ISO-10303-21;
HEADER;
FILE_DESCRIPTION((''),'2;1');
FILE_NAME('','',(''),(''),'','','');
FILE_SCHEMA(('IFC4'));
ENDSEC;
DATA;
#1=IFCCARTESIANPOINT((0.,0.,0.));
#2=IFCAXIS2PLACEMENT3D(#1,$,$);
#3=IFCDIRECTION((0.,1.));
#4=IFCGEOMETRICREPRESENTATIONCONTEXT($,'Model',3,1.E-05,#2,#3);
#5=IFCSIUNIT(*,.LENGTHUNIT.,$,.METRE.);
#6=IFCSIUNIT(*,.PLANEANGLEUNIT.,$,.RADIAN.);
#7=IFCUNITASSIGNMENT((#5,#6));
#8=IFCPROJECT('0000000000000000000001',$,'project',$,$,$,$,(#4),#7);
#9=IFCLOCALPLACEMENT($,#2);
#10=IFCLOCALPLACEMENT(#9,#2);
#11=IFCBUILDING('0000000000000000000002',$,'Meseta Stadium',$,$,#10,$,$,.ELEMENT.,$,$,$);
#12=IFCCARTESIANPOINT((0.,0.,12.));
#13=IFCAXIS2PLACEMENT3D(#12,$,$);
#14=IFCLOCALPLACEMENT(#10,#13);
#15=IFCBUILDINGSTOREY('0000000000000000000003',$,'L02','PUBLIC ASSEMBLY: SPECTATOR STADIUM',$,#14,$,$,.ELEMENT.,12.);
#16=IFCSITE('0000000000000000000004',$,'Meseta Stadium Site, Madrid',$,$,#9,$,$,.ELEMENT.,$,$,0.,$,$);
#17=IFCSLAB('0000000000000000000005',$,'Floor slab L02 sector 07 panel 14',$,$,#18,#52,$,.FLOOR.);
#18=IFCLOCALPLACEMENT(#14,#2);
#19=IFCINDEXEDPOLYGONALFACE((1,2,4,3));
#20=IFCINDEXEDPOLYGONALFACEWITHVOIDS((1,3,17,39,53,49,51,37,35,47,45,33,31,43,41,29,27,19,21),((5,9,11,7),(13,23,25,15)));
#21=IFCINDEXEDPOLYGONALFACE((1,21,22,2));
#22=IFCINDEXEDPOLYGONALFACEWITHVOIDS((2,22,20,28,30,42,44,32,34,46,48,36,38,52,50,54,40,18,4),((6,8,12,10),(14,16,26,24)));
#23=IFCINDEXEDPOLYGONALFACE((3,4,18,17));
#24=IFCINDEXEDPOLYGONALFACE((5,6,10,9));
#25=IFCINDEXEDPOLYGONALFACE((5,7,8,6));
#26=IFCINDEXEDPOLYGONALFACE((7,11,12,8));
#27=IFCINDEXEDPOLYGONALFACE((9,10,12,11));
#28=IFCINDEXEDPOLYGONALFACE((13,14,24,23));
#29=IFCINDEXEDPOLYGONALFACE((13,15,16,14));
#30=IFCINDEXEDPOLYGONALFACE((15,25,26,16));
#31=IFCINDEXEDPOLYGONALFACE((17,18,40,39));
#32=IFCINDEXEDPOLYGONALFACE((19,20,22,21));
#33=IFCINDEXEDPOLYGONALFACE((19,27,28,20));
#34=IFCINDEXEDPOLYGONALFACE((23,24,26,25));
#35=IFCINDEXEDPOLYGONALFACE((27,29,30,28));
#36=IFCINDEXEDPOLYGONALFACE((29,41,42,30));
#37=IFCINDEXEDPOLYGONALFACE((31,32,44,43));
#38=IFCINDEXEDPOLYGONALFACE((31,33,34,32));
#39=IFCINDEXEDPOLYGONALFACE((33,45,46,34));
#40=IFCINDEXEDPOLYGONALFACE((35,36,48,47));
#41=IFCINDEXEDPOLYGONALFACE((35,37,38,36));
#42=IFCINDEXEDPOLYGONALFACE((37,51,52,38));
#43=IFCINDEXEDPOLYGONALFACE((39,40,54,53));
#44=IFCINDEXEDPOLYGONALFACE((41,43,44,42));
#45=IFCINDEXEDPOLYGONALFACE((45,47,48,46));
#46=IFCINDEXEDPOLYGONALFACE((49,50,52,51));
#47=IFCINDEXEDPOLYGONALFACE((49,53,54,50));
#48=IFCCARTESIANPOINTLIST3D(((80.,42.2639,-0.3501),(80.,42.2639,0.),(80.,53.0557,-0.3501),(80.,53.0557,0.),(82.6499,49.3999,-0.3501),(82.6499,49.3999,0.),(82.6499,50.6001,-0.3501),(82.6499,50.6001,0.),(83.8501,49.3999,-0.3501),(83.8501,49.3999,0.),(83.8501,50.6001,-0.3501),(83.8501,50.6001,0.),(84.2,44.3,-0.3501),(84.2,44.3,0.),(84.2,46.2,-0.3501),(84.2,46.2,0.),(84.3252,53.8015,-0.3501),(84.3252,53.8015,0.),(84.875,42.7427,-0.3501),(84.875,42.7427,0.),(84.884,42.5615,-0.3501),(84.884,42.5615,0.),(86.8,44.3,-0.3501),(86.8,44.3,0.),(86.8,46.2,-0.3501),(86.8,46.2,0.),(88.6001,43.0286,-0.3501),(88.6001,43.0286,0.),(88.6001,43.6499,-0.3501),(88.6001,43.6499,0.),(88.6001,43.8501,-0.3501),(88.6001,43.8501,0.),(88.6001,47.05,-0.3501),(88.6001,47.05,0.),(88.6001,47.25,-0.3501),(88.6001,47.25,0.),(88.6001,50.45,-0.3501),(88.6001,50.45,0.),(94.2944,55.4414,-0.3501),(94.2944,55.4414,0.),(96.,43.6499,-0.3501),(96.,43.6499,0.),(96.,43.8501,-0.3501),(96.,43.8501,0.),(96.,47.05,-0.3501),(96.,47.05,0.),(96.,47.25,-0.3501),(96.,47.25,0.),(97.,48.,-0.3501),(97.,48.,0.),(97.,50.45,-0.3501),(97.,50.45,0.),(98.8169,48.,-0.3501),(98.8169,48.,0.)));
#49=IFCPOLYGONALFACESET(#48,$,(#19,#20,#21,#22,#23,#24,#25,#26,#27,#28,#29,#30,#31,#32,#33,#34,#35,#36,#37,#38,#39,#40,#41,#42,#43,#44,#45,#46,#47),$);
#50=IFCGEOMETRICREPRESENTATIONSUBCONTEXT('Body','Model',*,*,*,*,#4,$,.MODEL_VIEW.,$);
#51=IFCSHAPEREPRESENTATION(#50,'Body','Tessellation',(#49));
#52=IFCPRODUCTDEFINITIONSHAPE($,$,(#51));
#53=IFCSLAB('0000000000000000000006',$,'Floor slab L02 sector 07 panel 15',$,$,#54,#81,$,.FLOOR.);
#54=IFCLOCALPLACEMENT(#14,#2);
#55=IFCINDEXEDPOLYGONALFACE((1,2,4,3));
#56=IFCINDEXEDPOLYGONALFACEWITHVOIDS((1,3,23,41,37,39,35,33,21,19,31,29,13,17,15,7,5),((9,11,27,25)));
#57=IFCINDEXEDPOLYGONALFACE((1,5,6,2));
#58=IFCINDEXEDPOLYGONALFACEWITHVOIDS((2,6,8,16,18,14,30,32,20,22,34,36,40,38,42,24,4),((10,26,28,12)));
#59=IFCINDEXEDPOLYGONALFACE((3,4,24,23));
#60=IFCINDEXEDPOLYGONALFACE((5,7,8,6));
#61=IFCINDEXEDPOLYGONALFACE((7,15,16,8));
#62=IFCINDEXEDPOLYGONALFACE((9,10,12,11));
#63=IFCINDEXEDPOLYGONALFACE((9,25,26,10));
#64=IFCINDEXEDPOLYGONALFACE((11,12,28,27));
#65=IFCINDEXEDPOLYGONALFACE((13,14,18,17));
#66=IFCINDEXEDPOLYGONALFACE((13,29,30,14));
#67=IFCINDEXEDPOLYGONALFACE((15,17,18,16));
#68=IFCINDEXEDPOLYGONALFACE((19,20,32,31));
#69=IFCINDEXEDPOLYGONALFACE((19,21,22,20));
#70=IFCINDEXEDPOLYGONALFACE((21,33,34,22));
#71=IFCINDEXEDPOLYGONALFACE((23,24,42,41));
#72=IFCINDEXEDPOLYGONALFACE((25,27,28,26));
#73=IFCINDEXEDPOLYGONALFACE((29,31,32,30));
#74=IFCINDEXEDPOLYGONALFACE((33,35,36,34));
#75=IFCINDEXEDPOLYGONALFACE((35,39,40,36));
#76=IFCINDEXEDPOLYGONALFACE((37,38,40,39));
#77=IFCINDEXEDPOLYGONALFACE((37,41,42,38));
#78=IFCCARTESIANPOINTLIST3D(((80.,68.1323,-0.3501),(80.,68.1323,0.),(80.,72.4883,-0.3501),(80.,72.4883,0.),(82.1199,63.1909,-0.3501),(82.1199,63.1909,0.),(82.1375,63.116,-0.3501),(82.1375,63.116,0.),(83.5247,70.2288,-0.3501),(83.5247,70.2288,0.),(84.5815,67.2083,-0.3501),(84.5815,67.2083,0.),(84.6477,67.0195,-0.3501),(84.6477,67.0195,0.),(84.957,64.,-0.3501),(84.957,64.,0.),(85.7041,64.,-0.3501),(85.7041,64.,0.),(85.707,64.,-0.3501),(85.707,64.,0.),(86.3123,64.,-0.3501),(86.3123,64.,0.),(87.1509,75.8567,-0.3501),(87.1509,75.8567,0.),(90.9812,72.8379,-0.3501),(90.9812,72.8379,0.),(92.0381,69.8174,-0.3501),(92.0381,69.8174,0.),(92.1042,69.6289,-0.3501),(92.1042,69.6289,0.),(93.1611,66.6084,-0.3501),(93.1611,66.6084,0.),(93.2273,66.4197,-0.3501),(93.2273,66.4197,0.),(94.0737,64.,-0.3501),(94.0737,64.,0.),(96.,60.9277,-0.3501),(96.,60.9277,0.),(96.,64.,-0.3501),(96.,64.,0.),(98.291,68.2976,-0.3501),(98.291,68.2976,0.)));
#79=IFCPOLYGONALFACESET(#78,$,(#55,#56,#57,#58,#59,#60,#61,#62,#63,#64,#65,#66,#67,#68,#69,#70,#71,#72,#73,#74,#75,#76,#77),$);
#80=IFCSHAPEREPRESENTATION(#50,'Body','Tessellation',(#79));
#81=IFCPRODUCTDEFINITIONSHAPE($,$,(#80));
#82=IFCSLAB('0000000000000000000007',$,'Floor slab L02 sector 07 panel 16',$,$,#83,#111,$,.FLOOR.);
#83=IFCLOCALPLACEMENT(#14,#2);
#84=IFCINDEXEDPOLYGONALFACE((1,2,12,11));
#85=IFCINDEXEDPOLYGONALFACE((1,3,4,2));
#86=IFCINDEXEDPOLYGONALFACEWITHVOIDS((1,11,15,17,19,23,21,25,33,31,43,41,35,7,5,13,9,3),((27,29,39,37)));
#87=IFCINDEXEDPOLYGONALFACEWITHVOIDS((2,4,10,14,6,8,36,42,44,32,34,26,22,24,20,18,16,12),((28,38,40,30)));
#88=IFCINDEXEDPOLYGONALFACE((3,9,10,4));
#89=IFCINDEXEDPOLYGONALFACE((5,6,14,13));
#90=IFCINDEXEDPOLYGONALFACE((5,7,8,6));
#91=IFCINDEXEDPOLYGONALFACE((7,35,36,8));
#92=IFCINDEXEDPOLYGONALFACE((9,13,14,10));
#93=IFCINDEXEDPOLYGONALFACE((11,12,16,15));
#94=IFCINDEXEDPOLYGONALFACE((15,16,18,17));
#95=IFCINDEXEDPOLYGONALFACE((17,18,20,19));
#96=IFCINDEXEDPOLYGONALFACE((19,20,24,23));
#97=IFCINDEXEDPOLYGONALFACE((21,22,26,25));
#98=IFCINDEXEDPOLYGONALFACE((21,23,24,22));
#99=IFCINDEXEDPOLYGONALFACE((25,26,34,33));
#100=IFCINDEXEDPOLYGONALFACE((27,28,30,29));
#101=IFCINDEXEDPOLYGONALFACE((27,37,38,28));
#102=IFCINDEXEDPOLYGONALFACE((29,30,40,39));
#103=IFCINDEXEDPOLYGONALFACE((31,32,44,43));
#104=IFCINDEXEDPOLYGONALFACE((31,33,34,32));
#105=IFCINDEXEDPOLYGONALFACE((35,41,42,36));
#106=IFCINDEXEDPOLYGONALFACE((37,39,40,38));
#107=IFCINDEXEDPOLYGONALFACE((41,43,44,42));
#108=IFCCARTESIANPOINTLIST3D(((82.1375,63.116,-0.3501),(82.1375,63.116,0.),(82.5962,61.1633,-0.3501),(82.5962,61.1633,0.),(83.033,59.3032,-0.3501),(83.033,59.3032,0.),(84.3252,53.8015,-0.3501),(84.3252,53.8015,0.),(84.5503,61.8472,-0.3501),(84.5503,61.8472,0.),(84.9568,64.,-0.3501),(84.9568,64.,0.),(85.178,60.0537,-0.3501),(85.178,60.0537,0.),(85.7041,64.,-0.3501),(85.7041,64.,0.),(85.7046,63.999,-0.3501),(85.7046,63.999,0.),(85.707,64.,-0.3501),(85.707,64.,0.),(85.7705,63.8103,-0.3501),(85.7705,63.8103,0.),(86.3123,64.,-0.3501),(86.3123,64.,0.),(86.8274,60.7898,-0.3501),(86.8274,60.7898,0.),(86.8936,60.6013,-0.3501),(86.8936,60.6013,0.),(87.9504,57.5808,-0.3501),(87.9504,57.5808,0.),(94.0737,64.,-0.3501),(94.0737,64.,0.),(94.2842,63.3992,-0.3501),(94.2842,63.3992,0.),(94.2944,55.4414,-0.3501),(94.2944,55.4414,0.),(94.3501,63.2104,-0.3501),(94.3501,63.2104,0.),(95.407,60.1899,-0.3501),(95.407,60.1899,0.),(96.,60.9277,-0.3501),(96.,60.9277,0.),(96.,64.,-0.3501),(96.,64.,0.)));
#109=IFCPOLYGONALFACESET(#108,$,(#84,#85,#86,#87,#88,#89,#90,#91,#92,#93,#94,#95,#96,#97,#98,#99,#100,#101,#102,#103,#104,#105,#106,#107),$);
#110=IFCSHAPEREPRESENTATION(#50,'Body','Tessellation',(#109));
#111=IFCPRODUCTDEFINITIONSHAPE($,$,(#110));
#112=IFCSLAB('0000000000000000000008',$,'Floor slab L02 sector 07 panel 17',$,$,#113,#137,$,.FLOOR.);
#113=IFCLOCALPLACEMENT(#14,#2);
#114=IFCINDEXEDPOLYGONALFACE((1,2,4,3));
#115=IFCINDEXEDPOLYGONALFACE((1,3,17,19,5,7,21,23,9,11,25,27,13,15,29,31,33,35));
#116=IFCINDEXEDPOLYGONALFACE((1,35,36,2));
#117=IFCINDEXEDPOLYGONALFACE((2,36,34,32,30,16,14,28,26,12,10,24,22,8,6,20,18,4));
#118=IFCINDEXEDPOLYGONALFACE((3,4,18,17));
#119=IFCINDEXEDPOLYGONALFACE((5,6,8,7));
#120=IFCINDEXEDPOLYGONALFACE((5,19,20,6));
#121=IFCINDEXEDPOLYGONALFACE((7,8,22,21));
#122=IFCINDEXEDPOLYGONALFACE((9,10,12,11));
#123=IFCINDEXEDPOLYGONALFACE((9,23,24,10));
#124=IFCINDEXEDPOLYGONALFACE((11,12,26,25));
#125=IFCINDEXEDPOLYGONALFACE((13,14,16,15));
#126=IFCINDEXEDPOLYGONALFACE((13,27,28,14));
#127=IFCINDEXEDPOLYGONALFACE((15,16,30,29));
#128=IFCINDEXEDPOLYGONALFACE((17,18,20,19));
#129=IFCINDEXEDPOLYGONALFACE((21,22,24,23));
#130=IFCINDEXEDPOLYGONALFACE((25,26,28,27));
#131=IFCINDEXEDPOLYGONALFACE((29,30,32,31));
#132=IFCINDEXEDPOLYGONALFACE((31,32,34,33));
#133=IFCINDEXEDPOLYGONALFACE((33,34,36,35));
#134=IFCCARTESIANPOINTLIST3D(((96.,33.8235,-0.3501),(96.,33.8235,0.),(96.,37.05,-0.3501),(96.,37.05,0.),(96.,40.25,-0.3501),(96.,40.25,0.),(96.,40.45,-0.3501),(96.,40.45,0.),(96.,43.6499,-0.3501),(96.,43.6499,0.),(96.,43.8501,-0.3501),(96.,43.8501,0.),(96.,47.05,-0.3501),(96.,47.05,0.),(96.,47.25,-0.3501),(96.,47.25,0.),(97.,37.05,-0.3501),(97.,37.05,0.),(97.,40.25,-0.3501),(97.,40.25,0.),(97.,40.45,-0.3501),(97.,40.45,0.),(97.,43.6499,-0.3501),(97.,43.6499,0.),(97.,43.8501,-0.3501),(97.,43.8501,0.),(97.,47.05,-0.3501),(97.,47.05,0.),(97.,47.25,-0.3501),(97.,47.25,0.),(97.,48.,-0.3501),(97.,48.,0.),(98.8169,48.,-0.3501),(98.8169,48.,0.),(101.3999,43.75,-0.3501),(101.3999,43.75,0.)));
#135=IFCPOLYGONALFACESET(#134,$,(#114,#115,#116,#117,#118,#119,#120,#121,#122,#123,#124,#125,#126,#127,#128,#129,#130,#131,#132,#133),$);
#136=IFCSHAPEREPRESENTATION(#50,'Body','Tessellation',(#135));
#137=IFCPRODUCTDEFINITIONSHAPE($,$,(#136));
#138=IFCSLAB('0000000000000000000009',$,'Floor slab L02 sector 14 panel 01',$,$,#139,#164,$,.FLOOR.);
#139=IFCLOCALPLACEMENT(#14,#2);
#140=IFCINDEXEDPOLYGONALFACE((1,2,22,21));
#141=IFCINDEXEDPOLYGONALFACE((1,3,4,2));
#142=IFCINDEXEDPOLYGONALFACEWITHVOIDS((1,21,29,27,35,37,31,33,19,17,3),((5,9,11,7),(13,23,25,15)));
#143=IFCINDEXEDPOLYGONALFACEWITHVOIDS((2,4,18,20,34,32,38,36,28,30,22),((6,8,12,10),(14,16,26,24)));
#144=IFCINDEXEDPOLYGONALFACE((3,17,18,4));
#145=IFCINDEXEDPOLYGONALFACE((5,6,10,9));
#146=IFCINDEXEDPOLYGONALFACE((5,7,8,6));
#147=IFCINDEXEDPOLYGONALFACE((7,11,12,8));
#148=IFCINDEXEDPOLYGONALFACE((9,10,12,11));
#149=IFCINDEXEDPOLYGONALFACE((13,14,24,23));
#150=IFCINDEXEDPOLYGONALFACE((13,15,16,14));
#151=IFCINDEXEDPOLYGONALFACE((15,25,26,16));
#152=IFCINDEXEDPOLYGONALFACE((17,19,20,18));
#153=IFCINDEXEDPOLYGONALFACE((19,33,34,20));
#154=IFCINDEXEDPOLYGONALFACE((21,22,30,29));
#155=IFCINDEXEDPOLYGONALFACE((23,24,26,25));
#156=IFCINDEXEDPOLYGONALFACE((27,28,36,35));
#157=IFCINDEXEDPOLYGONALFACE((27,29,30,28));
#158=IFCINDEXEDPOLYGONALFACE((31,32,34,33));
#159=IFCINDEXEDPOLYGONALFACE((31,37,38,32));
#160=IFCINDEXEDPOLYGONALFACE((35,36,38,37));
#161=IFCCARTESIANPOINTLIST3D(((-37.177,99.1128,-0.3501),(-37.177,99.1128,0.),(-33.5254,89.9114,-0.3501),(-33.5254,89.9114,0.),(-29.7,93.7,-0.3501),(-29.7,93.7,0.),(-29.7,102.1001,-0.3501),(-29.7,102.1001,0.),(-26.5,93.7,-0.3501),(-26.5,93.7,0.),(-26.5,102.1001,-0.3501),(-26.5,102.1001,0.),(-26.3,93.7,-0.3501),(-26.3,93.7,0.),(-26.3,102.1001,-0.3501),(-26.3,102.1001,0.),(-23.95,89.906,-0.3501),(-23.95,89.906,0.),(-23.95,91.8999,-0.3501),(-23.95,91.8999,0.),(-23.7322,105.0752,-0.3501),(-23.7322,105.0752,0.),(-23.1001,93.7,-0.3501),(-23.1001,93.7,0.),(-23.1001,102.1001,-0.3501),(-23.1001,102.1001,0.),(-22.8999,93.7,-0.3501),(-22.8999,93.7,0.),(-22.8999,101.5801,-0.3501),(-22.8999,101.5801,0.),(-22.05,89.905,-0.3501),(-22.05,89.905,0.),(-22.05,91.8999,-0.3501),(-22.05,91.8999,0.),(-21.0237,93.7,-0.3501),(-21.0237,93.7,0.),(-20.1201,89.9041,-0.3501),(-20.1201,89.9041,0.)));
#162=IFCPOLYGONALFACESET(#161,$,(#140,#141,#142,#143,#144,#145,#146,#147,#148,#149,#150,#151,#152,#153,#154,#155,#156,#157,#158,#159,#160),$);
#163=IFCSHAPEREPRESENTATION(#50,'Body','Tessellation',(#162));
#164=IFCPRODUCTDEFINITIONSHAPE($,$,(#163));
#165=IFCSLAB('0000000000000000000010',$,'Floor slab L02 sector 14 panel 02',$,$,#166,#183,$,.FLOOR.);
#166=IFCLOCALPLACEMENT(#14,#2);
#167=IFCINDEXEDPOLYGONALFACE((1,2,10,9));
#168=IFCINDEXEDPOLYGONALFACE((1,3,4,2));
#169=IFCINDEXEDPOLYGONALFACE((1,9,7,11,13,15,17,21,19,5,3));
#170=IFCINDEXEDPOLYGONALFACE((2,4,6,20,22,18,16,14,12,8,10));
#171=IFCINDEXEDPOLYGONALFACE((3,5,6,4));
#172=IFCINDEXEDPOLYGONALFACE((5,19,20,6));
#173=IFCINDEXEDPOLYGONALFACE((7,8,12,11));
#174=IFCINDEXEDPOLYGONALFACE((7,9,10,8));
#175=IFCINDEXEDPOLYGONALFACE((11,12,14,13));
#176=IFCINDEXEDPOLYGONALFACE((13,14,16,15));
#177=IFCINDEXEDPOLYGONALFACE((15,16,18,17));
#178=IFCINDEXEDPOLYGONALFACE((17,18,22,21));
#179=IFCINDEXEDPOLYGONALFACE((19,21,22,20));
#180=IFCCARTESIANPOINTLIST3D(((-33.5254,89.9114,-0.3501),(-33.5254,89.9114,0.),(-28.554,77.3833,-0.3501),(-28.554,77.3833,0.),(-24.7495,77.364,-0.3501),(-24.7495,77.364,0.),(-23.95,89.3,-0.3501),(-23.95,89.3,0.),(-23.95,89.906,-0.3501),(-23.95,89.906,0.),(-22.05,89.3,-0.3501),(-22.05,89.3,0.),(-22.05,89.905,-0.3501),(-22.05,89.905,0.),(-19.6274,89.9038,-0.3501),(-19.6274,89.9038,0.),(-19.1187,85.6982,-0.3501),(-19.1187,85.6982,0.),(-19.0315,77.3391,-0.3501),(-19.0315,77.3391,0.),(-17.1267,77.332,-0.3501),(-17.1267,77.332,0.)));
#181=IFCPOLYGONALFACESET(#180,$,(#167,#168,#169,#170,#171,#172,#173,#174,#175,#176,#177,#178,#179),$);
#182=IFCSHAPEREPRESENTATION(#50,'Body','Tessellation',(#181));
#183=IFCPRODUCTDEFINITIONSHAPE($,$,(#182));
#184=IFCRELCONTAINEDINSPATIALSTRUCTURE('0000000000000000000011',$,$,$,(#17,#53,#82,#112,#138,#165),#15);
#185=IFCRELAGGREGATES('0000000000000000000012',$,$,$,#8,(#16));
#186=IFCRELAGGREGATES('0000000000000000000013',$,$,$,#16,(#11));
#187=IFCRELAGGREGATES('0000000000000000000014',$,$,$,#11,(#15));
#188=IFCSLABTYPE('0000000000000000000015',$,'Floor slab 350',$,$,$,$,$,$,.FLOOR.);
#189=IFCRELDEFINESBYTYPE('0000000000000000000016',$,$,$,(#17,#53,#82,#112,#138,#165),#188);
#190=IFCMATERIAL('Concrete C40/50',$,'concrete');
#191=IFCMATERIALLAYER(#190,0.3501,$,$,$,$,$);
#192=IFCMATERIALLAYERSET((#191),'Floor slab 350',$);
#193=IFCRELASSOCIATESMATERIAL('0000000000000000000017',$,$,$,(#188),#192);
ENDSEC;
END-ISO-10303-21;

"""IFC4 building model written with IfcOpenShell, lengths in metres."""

from ifc_helpers import new_model, si_unit, direction, frame, origin, place, context, subcontext, project, spatial, polyline, outline, extrude, material, layer, layer_set, type_object, element, save


model = new_model("IFC4")

# Units and contexts
model_context = context("Model", 3, precision=1e-05, world=origin(), true_north=direction((0.0, 1.0)))
body_context = subcontext(model_context, "Body", "Model", "MODEL_VIEW")
ifc_project = project(units=[si_unit("LENGTHUNIT", "METRE"), si_unit("PLANEANGLEUNIT", "RADIAN")], contexts=[model_context])

# Site, building, storey
site_placement = place(None, origin())
site = spatial("IfcSite", under=ifc_project, at=site_placement, Name="Meseta Stadium Site, Madrid", CompositionType="ELEMENT", RefElevation=0.0)
building_placement = place(site_placement, origin())
building = spatial("IfcBuilding", under=site, at=building_placement, Name="Meseta Stadium", CompositionType="ELEMENT")
storey_placement = place(building_placement, frame((0.0, 0.0, 12.0)))
storey = spatial("IfcBuildingStorey", under=building, at=storey_placement, Name="L02", Description="PUBLIC ASSEMBLY: SPECTATOR STADIUM", CompositionType="ELEMENT", Elevation=12.0)

# Slabs
ifc_material = material(Name="Concrete C40/50", Category="concrete")
ifc_layer = layer(ifc_material, 0.3501)
ifc_layer_set = layer_set([ifc_layer], Name="Floor slab 350")
slab_type = type_object("IfcSlabType", Name="Floor slab 350", PredefinedType="FLOOR", material=ifc_layer_set)
slab_1_placement = place(storey_placement, frame((0.0, 0.0, -0.3501)))
element("IfcSlab", 1, at=slab_1_placement, inside=storey, type_object=slab_type, Name="Floor slab L02 sector 07 panel 14", PredefinedType="FLOOR", context=body_context, shape_type="SweptSolid", body=[
    extrude(outline(polyline([(88.6001, 47.25), (88.6001, 50.45), (97.0, 50.45), (97.0, 48.0), (98.8169, 48.0), (94.2944, 55.4414), (84.3252, 53.8015), (80.0, 53.0557), (80.0, 42.2639), (84.884, 42.5615), (84.875, 42.7427), (88.6001, 43.0286), (88.6001, 43.6499), (96.0, 43.6499), (96.0, 43.8501), (88.6001, 43.8501), (88.6001, 47.05), (96.0, 47.05), (96.0, 47.25), (88.6001, 47.25)]), holes=[polyline([(86.8, 46.2), (86.8, 44.3), (84.2, 44.3), (84.2, 46.2), (86.8, 46.2)]), polyline([(83.8501, 49.3999), (82.6499, 49.3999), (82.6499, 50.6001), (83.8501, 50.6001), (83.8501, 49.3999)])]), origin(), (0.0, 0.0, 1.0), 0.3501),
])
slab_2_placement = place(storey_placement, frame((0.0, 0.0, -0.3501)))
element("IfcSlab", 2, at=slab_2_placement, inside=storey, type_object=slab_type, Name="Floor slab L02 sector 07 panel 15", PredefinedType="FLOOR", context=body_context, shape_type="SweptSolid", body=[
    extrude(outline(polyline([(82.1199, 63.1909), (82.1375, 63.116), (84.957, 64.0), (85.7041, 64.0), (84.6477, 67.0195), (92.1042, 69.6289), (93.1611, 66.6084), (85.707, 64.0), (86.3123, 64.0), (93.2273, 66.4197), (94.0737, 64.0), (96.0, 64.0), (96.0, 60.9277), (98.291, 68.2976), (87.1509, 75.8567), (80.0, 72.4883), (80.0, 68.1323), (82.1199, 63.1909)]), holes=[polyline([(84.5815, 67.2083), (83.5247, 70.2288), (90.9812, 72.8379), (92.0381, 69.8174), (84.5815, 67.2083)])]), origin(), (0.0, 0.0, 1.0), 0.3501),
])
slab_3_placement = place(storey_placement, frame((0.0, 0.0, -0.3501)))
element("IfcSlab", 3, at=slab_3_placement, inside=storey, type_object=slab_type, Name="Floor slab L02 sector 07 panel 16", PredefinedType="FLOOR", context=body_context, shape_type="SweptSolid", body=[
    extrude(outline(polyline([(84.3252, 53.8015), (94.2944, 55.4414), (96.0, 60.9277), (96.0, 64.0), (94.0737, 64.0), (94.2842, 63.3992), (86.8274, 60.7898), (85.7705, 63.8103), (86.3123, 64.0), (85.707, 64.0), (85.7046, 63.999), (85.7041, 64.0), (84.9568, 64.0), (82.1375, 63.116), (82.5962, 61.1633), (84.5503, 61.8472), (85.178, 60.0537), (83.033, 59.3032), (84.3252, 53.8015)]), holes=[polyline([(95.407, 60.1899), (87.9504, 57.5808), (86.8936, 60.6013), (94.3501, 63.2104), (95.407, 60.1899)])]), origin(), (0.0, 0.0, 1.0), 0.3501),
])
slab_4_placement = place(storey_placement, frame((0.0, 0.0, -0.3501)))
element("IfcSlab", 4, at=slab_4_placement, inside=storey, type_object=slab_type, Name="Floor slab L02 sector 07 panel 17", PredefinedType="FLOOR", context=body_context, shape_type="SweptSolid", body=[
    extrude(outline(polyline([(97.0, 40.25), (97.0, 37.05), (96.0, 37.05), (96.0, 33.8235), (101.3999, 43.75), (98.8169, 48.0), (97.0, 48.0), (97.0, 47.25), (96.0, 47.25), (96.0, 47.05), (97.0, 47.05), (97.0, 43.8501), (96.0, 43.8501), (96.0, 43.6499), (97.0, 43.6499), (97.0, 40.45), (96.0, 40.45), (96.0, 40.25), (97.0, 40.25)])), origin(), (0.0, 0.0, 1.0), 0.3501),
])
slab_5_placement = place(storey_placement, frame((0.0, 0.0, -0.3501)))
element("IfcSlab", 5, at=slab_5_placement, inside=storey, type_object=slab_type, Name="Floor slab L02 sector 14 panel 01", PredefinedType="FLOOR", context=body_context, shape_type="SweptSolid", body=[
    extrude(outline(polyline([(-22.8999, 101.5801), (-23.7322, 105.0752), (-37.177, 99.1128), (-33.5254, 89.9114), (-23.95, 89.906), (-23.95, 91.8999), (-22.05, 91.8999), (-22.05, 89.905), (-20.1201, 89.9041), (-21.0237, 93.7), (-22.8999, 93.7), (-22.8999, 101.5801)]), holes=[polyline([(-26.3, 93.7), (-26.3, 102.1001), (-23.1001, 102.1001), (-23.1001, 93.7), (-26.3, 93.7)]), polyline([(-29.7, 93.7), (-29.7, 102.1001), (-26.5, 102.1001), (-26.5, 93.7), (-29.7, 93.7)])]), origin(), (0.0, 0.0, 1.0), 0.3501),
])
slab_6_placement = place(storey_placement, frame((0.0, 0.0, -0.3501)))
element("IfcSlab", 6, at=slab_6_placement, inside=storey, type_object=slab_type, Name="Floor slab L02 sector 14 panel 02", PredefinedType="FLOOR", context=body_context, shape_type="SweptSolid", body=[
    extrude(outline(polyline([(-19.1187, 85.6982), (-19.6274, 89.9038), (-22.05, 89.905), (-22.05, 89.3), (-23.95, 89.3), (-23.95, 89.906), (-33.5254, 89.9114), (-28.554, 77.3833), (-24.7495, 77.364), (-19.0315, 77.3391), (-17.1267, 77.332), (-19.1187, 85.6982)])), origin(), (0.0, 0.0, 1.0), 0.3501),
])

save(model, "model.ifc")
